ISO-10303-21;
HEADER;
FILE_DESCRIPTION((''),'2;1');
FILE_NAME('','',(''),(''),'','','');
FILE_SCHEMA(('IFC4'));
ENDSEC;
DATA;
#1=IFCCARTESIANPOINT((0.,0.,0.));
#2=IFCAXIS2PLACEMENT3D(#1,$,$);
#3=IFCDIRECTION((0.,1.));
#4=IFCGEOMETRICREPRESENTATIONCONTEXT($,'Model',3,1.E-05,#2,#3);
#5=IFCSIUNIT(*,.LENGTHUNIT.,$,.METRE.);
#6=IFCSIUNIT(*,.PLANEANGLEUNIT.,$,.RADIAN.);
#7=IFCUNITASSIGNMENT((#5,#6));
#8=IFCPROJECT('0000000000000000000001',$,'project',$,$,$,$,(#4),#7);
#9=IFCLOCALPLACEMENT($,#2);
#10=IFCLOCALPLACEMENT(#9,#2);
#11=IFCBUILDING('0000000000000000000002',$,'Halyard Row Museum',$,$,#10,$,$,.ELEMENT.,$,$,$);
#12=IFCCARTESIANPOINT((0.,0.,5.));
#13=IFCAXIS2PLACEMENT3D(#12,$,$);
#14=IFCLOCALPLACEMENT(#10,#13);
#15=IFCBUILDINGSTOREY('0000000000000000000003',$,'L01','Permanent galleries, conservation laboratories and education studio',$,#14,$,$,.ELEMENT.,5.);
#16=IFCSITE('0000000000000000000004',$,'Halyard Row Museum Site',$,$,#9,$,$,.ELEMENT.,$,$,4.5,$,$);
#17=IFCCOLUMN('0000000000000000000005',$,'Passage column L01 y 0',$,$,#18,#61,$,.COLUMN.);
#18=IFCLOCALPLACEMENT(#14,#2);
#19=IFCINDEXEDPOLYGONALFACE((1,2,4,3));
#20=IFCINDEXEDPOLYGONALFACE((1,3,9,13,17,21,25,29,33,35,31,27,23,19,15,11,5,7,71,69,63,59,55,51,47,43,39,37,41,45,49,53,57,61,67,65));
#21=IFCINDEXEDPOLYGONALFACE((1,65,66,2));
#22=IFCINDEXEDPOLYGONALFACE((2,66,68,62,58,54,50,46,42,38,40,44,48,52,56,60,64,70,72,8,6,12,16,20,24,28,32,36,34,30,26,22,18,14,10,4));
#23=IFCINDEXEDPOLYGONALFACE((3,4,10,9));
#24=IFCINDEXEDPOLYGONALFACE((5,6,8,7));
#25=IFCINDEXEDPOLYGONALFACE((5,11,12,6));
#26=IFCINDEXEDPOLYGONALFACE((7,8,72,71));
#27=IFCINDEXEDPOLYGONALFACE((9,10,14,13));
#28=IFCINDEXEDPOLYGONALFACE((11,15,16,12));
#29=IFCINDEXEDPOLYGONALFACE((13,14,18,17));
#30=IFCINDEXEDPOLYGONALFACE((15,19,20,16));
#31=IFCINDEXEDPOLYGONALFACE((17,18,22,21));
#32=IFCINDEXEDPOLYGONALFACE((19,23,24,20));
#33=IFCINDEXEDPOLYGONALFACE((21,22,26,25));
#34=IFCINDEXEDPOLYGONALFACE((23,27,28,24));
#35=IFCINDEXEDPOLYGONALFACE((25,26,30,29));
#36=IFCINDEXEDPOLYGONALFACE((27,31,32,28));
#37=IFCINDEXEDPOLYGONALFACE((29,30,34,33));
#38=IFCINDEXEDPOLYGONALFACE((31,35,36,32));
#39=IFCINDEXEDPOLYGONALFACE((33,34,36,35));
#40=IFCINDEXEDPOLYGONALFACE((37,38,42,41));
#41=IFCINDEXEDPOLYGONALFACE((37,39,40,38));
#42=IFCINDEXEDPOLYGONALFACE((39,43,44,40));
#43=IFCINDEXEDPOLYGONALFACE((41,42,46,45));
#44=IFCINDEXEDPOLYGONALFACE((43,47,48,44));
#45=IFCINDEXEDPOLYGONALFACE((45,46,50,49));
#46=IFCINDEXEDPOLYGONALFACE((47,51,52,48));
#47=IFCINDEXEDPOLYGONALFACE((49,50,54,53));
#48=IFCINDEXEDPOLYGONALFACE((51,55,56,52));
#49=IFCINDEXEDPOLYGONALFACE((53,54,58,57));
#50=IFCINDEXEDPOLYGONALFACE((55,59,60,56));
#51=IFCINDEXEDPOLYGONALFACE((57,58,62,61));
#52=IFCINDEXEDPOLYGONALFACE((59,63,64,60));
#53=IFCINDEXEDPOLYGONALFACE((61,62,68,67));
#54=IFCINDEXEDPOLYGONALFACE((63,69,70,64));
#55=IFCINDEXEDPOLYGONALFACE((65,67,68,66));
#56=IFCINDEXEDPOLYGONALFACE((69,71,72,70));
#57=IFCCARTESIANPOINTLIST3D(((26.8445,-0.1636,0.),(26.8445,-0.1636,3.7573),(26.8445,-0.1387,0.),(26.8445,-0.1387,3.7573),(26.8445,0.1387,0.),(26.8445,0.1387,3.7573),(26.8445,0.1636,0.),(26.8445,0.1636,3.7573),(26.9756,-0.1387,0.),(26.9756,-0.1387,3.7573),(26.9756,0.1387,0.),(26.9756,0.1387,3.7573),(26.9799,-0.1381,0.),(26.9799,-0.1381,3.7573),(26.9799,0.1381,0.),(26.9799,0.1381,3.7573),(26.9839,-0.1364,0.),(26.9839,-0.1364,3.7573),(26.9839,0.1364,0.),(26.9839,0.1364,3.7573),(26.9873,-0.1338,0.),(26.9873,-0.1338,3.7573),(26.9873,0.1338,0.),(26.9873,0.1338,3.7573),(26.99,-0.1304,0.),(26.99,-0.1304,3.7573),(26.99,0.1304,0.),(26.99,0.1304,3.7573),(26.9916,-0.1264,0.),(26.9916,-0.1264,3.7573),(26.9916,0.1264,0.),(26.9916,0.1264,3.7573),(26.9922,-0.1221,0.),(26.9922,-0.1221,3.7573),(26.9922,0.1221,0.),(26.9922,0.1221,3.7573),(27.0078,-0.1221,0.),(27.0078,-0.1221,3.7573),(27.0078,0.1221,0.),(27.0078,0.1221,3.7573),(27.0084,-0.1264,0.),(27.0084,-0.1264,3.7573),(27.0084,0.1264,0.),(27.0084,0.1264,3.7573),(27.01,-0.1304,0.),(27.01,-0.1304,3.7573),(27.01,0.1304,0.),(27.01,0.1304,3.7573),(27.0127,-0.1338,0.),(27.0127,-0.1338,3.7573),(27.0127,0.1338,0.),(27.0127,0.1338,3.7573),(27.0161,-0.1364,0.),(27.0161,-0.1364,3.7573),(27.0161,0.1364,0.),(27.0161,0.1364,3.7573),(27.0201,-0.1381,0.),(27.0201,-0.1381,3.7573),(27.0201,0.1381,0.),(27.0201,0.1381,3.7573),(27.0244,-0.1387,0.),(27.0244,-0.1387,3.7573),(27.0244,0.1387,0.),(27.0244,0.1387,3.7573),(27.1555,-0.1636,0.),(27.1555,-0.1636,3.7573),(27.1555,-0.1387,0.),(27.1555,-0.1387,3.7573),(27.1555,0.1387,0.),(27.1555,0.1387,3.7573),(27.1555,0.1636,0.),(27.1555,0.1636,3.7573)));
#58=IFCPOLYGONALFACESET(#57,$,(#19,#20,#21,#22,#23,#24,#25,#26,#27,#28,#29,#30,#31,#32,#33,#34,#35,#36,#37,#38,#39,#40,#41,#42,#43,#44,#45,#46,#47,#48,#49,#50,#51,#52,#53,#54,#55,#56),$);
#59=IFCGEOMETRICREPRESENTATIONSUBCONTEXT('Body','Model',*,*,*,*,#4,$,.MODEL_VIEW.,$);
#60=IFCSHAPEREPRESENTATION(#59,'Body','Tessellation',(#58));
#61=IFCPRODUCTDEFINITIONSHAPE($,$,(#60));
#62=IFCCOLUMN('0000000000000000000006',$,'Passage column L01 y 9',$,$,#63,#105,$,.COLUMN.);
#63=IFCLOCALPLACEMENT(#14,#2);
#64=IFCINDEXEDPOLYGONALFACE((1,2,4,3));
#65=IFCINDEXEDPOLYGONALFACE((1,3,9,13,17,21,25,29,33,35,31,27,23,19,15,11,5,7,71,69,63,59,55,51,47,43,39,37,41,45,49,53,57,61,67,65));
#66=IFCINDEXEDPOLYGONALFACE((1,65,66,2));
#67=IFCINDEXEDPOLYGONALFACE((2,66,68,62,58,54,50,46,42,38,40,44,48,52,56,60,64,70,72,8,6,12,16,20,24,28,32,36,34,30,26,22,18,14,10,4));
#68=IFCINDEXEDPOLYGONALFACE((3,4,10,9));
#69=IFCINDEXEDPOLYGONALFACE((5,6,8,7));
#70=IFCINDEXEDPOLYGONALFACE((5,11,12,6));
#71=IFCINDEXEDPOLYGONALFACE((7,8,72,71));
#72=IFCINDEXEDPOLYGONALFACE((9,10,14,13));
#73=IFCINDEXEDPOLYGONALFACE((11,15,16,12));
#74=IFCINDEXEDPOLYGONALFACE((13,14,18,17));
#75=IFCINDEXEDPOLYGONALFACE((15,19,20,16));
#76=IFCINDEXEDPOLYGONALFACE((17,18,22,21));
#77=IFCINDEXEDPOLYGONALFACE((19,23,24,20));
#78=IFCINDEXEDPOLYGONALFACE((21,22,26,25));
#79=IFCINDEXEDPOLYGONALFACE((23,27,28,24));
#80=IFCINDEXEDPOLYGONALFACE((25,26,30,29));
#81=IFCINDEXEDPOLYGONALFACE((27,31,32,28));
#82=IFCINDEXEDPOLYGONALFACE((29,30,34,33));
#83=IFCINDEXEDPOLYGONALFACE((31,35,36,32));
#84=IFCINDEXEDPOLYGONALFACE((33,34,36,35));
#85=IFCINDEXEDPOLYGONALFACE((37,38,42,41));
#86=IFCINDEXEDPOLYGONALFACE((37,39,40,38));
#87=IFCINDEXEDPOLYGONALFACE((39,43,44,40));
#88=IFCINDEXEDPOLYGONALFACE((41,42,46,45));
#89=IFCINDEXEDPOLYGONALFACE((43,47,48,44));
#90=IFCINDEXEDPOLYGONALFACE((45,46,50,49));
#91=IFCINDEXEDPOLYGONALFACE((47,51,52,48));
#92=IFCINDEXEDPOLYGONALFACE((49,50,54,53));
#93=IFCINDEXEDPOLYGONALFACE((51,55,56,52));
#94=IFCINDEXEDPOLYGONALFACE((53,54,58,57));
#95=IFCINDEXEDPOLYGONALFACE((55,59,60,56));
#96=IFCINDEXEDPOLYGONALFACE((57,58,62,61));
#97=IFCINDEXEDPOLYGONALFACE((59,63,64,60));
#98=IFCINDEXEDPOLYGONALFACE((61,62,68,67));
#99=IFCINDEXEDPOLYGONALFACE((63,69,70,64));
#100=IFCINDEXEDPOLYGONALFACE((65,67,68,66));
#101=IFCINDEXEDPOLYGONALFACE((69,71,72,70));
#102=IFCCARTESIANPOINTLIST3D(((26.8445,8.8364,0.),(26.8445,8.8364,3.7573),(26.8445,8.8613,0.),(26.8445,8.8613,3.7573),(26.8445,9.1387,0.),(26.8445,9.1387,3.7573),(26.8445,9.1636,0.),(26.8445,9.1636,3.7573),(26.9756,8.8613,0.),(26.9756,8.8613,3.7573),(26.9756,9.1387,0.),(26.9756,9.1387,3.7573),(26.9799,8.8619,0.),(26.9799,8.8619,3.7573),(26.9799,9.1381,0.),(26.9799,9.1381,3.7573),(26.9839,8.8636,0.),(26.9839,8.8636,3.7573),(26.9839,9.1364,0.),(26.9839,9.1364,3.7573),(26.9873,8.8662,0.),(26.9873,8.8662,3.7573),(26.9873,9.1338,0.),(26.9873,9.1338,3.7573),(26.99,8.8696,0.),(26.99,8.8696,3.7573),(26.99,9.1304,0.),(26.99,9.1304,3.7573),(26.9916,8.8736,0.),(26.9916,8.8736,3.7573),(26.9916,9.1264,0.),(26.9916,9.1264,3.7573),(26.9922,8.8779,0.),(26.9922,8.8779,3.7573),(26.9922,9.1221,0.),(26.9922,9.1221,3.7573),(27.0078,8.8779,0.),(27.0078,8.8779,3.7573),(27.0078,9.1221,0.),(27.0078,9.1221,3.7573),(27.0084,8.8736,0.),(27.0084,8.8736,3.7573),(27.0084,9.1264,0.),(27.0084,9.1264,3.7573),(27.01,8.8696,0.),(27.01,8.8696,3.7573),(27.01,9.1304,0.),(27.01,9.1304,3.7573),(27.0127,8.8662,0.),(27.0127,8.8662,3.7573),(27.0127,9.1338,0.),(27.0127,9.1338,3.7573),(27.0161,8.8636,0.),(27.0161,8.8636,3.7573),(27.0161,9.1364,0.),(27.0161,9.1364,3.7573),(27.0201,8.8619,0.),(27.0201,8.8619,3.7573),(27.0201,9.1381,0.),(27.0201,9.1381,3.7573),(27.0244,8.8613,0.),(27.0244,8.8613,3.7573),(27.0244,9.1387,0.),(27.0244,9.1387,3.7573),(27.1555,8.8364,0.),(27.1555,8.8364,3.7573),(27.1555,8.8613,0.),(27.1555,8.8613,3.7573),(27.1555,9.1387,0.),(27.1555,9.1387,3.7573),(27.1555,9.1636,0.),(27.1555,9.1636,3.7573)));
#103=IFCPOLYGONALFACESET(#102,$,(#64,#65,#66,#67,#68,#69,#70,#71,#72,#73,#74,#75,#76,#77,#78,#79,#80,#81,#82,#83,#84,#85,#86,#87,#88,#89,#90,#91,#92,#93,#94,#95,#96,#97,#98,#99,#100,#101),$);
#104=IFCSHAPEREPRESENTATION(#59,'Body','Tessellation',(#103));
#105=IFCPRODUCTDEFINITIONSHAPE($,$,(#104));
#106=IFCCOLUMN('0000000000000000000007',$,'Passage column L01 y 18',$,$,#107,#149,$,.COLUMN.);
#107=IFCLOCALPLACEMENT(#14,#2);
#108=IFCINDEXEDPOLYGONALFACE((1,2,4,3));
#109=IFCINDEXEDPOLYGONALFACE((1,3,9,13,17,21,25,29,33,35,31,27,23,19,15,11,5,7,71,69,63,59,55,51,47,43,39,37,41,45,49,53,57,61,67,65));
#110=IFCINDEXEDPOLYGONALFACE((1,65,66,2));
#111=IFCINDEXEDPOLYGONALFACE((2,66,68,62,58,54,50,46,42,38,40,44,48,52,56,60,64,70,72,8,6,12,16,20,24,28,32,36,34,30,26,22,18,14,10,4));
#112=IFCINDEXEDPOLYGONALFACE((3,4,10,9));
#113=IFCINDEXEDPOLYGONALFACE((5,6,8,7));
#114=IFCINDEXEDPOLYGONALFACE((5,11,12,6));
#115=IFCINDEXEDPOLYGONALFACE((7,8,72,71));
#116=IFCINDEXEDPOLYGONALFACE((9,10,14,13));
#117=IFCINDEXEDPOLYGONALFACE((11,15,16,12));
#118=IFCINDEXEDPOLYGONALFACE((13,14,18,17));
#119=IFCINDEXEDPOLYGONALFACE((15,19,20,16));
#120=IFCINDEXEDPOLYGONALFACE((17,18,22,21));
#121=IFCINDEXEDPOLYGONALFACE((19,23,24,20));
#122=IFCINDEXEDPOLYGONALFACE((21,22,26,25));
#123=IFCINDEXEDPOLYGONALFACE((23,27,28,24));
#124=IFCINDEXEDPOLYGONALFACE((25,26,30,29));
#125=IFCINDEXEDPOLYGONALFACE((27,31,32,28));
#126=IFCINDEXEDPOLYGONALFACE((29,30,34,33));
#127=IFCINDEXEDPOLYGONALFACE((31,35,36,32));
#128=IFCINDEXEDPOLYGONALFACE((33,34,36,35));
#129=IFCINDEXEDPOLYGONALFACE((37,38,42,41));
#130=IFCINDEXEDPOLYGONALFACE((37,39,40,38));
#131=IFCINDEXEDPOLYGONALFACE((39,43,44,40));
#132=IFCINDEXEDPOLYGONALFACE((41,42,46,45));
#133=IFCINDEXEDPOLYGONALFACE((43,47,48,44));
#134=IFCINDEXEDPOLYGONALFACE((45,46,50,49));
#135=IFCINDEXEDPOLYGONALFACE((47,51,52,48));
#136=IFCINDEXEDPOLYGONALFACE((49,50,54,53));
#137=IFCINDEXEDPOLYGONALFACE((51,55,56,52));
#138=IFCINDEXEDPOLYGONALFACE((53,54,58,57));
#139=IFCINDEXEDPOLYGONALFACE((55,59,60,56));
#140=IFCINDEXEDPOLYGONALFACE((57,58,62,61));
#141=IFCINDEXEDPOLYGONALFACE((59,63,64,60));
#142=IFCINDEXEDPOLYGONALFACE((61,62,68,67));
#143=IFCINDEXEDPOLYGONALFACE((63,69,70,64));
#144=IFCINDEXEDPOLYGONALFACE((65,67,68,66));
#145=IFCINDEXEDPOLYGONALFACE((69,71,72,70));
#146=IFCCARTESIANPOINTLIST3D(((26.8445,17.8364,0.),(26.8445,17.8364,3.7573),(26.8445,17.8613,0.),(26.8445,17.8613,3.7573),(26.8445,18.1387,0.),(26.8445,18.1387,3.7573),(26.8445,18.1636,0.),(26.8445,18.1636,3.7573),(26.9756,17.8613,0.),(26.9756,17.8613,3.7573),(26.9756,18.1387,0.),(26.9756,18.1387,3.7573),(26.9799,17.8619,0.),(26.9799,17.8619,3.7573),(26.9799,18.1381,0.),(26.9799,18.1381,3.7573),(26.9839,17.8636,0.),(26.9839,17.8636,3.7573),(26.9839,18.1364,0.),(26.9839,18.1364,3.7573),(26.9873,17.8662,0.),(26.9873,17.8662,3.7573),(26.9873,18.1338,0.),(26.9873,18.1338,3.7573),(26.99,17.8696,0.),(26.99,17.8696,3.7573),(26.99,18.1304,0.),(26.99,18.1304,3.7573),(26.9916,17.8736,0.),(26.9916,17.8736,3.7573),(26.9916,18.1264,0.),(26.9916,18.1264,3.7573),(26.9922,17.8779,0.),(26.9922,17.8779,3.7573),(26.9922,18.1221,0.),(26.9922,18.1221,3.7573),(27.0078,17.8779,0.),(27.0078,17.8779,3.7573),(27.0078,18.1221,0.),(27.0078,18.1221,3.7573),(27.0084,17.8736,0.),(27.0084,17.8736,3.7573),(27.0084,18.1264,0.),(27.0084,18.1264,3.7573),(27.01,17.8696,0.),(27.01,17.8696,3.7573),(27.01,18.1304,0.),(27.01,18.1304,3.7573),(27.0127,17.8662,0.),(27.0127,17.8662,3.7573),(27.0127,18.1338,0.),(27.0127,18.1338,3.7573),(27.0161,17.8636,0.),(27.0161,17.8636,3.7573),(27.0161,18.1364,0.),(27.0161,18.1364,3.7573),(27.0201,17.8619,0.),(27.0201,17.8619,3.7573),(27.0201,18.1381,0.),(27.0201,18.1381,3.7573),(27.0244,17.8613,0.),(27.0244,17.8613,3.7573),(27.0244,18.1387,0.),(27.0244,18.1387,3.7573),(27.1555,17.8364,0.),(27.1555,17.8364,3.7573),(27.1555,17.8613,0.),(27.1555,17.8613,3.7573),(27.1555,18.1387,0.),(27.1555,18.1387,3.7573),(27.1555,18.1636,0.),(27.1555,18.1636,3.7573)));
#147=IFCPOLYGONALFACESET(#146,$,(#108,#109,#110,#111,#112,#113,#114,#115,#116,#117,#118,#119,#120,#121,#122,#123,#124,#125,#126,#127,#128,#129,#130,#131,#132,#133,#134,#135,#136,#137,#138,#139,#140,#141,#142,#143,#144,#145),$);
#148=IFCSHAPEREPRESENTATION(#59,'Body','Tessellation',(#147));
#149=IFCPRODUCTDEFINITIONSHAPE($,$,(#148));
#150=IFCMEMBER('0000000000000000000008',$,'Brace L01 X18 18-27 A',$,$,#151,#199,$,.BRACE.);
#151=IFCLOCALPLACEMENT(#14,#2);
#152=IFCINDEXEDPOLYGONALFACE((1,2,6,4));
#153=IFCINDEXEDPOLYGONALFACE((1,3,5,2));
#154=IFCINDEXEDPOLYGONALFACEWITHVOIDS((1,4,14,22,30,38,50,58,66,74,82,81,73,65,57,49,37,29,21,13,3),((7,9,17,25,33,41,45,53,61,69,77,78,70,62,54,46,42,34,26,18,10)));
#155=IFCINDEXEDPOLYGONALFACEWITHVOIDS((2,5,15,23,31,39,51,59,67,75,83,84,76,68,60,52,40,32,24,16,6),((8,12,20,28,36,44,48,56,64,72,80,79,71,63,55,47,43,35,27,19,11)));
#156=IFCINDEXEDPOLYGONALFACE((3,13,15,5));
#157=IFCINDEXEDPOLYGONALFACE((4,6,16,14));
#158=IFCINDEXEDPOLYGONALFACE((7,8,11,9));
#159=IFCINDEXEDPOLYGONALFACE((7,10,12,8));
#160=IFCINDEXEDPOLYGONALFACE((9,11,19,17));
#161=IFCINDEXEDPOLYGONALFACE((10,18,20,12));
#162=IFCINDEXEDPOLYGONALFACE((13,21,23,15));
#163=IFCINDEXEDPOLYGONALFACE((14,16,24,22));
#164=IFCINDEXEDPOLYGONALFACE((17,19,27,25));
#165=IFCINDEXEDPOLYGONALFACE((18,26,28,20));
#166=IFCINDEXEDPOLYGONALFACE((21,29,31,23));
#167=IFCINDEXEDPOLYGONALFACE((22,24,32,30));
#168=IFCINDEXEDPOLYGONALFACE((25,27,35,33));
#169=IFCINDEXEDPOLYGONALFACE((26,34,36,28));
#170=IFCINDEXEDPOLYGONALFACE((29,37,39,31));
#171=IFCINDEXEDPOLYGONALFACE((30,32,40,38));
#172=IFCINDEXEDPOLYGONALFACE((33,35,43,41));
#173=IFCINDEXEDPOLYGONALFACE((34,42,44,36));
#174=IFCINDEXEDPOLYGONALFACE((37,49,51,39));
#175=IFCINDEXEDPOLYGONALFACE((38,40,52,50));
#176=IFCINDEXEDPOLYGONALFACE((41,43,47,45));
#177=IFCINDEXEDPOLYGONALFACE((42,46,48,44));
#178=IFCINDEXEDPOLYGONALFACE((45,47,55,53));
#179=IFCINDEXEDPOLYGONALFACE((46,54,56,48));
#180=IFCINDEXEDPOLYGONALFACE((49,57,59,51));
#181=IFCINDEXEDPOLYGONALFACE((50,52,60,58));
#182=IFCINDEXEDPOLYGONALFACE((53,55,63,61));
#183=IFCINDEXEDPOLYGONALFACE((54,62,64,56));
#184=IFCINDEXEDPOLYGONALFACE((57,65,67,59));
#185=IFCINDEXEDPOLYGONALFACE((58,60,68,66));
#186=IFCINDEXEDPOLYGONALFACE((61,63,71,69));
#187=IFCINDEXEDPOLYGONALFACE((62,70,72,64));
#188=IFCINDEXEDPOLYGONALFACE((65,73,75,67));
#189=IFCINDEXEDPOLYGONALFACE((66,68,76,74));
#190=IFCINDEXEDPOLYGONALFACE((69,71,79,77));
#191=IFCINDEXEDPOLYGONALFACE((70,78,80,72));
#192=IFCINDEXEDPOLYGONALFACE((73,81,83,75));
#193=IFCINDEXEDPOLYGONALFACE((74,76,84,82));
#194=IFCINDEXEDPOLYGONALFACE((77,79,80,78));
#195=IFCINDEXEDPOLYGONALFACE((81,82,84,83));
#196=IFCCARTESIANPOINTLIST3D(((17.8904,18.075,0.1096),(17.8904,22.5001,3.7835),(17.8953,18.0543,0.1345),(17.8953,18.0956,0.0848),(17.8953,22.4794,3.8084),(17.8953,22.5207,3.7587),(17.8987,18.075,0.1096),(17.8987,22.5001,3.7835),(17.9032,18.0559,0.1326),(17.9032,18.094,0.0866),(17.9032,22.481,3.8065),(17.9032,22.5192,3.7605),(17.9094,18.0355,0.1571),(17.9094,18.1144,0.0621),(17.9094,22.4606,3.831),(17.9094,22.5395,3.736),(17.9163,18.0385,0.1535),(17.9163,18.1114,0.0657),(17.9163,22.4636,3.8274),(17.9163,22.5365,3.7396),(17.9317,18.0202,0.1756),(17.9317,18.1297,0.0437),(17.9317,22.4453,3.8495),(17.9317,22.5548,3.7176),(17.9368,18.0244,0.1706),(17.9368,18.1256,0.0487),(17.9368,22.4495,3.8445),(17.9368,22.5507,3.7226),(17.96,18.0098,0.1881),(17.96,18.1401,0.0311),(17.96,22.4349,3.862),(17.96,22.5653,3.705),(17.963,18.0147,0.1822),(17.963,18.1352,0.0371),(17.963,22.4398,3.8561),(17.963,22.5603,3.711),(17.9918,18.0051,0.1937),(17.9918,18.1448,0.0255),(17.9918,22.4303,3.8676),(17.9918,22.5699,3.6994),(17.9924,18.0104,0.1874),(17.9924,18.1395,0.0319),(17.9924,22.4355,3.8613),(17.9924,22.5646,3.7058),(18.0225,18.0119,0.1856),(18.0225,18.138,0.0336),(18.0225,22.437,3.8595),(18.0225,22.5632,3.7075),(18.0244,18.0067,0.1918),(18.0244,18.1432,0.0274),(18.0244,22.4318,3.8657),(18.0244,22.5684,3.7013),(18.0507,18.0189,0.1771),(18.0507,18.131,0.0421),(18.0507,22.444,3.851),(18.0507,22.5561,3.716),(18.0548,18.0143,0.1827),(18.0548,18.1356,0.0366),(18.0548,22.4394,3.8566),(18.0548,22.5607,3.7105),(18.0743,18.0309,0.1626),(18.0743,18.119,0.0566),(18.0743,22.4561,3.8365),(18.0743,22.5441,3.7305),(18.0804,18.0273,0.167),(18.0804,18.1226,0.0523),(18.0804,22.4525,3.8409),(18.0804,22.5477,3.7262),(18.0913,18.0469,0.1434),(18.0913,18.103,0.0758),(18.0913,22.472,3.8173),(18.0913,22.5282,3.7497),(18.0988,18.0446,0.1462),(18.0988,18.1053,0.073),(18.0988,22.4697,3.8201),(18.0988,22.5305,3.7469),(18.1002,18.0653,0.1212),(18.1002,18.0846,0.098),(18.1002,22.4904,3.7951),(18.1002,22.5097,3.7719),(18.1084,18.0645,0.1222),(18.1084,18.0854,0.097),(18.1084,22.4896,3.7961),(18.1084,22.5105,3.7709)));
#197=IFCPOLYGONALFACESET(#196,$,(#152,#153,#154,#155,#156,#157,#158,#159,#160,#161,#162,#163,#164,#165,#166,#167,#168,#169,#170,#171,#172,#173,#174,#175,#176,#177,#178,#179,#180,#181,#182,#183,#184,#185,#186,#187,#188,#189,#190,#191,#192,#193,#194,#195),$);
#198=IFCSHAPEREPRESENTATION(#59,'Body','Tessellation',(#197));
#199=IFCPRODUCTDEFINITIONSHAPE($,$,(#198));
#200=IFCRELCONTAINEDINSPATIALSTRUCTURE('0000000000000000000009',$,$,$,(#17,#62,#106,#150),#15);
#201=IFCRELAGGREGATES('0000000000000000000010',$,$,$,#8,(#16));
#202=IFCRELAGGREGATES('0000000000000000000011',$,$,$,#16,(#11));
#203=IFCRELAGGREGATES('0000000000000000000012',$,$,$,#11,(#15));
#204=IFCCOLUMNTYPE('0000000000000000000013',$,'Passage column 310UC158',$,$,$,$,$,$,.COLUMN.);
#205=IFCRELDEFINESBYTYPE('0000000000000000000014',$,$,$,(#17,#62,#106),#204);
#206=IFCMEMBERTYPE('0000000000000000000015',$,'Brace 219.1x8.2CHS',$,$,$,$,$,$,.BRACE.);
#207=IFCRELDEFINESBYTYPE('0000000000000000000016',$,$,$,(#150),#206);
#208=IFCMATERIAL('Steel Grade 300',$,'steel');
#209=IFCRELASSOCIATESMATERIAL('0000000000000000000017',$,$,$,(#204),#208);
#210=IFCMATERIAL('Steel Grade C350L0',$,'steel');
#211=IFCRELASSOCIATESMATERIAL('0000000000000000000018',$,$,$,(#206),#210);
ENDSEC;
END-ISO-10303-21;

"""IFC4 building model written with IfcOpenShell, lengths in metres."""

from ifc_helpers import new_model, si_unit, direction, frame, origin, origin_2d, place, context, subcontext, project, spatial, hollow_circle, i_section, extrude, material, material_profile, profile_set, type_object, element, save


model = new_model("IFC4")

# Units and contexts
model_context = context("Model", 3, precision=1e-05, world=origin(), true_north=direction((0.0, 1.0)))
body_context = subcontext(model_context, "Body", "Model", "MODEL_VIEW")
ifc_project = project(units=[si_unit("LENGTHUNIT", "METRE"), si_unit("PLANEANGLEUNIT", "RADIAN")], contexts=[model_context])

# Site, building, storey
site_placement = place(None, origin())
site = spatial("IfcSite", under=ifc_project, at=site_placement, Name="Halyard Row Museum Site", CompositionType="ELEMENT", RefElevation=4.5)
building_placement = place(site_placement, origin())
building = spatial("IfcBuilding", under=site, at=building_placement, Name="Halyard Row Museum", CompositionType="ELEMENT")
storey_placement = place(building_placement, frame((0.0, 0.0, 5.0)))
storey = spatial("IfcBuildingStorey", under=building, at=storey_placement, Name="L01", Description="Permanent galleries, conservation laboratories and education studio", CompositionType="ELEMENT", Elevation=5.0)

# Columns
ifc_material_1 = material(Name="Steel Grade 300", Category="steel")
ifc_material_profile_1 = material_profile(ifc_material_1, i_section(OverallWidth=0.311, OverallDepth=0.3271, WebThickness=0.0156, FlangeThickness=0.0249, FilletRadius=0.0166, at=origin_2d()), Name="310UC158")
ifc_profile_set_1 = profile_set([ifc_material_profile_1], Name="Steel Grade 300")
column_type = type_object("IfcColumnType", Name="Passage column 310UC158", PredefinedType="COLUMN", material=ifc_profile_set_1)
for number, where, z_axis, x_axis, name in (
    (1, (27.0, 0.0, 0.0), (0.0, 0.0, 1.0), (1.0, 0.0, 0.0), "Passage column L01 y 0"),
    (2, (27.0, 9.0, 0.0), (0.0, 0.0, 1.0), (1.0, 0.0, 0.0), "Passage column L01 y 9"),
    (3, (27.0, 18.0, 0.0), (0.0, 0.0, 1.0), (1.0, 0.0, 0.0), "Passage column L01 y 18"),
):
    element("IfcColumn", number, at=place(storey_placement, frame(where, z_axis=z_axis, x_axis=x_axis)), inside=storey, type_object=column_type, Name=name, PredefinedType="COLUMN", context=body_context, shape_type="SweptSolid", body=[
        extrude(i_section(OverallWidth=0.311, OverallDepth=0.3271, WebThickness=0.0156, FlangeThickness=0.0249, FilletRadius=0.0166, at=origin_2d()), origin(), (0.0, 0.0, 1.0), 3.7573),
    ])

# Member
ifc_material_2 = material(Name="Steel Grade C350L0", Category="steel")
ifc_material_profile_2 = material_profile(ifc_material_2, hollow_circle(Radius=0.1096, WallThickness=0.0083, at=origin_2d()), Name="219.1x8.2CHS")
ifc_profile_set_2 = profile_set([ifc_material_profile_2], Name="Steel Grade C350L0")
member_type_1 = type_object("IfcMemberType", Name="Brace 219.1x8.2CHS", PredefinedType="BRACE", material=ifc_profile_set_2)
member_1_placement = place(storey_placement, frame((18.0, 18.075, 0.1096), z_axis=(0.0, 0.769393, 0.638776), x_axis=(-1.0, 0.0, 0.0)))
element("IfcMember", 4, at=member_1_placement, inside=storey, type_object=member_type_1, Name="Brace L01 X18 18-27 A", PredefinedType="BRACE", context=body_context, shape_type="SweptSolid", body=[
    extrude(hollow_circle(Radius=0.1096, WallThickness=0.0083, at=origin_2d()), origin(), (0.0, 0.0, 1.0), 5.7515),
])

save(model, "model.ifc")
